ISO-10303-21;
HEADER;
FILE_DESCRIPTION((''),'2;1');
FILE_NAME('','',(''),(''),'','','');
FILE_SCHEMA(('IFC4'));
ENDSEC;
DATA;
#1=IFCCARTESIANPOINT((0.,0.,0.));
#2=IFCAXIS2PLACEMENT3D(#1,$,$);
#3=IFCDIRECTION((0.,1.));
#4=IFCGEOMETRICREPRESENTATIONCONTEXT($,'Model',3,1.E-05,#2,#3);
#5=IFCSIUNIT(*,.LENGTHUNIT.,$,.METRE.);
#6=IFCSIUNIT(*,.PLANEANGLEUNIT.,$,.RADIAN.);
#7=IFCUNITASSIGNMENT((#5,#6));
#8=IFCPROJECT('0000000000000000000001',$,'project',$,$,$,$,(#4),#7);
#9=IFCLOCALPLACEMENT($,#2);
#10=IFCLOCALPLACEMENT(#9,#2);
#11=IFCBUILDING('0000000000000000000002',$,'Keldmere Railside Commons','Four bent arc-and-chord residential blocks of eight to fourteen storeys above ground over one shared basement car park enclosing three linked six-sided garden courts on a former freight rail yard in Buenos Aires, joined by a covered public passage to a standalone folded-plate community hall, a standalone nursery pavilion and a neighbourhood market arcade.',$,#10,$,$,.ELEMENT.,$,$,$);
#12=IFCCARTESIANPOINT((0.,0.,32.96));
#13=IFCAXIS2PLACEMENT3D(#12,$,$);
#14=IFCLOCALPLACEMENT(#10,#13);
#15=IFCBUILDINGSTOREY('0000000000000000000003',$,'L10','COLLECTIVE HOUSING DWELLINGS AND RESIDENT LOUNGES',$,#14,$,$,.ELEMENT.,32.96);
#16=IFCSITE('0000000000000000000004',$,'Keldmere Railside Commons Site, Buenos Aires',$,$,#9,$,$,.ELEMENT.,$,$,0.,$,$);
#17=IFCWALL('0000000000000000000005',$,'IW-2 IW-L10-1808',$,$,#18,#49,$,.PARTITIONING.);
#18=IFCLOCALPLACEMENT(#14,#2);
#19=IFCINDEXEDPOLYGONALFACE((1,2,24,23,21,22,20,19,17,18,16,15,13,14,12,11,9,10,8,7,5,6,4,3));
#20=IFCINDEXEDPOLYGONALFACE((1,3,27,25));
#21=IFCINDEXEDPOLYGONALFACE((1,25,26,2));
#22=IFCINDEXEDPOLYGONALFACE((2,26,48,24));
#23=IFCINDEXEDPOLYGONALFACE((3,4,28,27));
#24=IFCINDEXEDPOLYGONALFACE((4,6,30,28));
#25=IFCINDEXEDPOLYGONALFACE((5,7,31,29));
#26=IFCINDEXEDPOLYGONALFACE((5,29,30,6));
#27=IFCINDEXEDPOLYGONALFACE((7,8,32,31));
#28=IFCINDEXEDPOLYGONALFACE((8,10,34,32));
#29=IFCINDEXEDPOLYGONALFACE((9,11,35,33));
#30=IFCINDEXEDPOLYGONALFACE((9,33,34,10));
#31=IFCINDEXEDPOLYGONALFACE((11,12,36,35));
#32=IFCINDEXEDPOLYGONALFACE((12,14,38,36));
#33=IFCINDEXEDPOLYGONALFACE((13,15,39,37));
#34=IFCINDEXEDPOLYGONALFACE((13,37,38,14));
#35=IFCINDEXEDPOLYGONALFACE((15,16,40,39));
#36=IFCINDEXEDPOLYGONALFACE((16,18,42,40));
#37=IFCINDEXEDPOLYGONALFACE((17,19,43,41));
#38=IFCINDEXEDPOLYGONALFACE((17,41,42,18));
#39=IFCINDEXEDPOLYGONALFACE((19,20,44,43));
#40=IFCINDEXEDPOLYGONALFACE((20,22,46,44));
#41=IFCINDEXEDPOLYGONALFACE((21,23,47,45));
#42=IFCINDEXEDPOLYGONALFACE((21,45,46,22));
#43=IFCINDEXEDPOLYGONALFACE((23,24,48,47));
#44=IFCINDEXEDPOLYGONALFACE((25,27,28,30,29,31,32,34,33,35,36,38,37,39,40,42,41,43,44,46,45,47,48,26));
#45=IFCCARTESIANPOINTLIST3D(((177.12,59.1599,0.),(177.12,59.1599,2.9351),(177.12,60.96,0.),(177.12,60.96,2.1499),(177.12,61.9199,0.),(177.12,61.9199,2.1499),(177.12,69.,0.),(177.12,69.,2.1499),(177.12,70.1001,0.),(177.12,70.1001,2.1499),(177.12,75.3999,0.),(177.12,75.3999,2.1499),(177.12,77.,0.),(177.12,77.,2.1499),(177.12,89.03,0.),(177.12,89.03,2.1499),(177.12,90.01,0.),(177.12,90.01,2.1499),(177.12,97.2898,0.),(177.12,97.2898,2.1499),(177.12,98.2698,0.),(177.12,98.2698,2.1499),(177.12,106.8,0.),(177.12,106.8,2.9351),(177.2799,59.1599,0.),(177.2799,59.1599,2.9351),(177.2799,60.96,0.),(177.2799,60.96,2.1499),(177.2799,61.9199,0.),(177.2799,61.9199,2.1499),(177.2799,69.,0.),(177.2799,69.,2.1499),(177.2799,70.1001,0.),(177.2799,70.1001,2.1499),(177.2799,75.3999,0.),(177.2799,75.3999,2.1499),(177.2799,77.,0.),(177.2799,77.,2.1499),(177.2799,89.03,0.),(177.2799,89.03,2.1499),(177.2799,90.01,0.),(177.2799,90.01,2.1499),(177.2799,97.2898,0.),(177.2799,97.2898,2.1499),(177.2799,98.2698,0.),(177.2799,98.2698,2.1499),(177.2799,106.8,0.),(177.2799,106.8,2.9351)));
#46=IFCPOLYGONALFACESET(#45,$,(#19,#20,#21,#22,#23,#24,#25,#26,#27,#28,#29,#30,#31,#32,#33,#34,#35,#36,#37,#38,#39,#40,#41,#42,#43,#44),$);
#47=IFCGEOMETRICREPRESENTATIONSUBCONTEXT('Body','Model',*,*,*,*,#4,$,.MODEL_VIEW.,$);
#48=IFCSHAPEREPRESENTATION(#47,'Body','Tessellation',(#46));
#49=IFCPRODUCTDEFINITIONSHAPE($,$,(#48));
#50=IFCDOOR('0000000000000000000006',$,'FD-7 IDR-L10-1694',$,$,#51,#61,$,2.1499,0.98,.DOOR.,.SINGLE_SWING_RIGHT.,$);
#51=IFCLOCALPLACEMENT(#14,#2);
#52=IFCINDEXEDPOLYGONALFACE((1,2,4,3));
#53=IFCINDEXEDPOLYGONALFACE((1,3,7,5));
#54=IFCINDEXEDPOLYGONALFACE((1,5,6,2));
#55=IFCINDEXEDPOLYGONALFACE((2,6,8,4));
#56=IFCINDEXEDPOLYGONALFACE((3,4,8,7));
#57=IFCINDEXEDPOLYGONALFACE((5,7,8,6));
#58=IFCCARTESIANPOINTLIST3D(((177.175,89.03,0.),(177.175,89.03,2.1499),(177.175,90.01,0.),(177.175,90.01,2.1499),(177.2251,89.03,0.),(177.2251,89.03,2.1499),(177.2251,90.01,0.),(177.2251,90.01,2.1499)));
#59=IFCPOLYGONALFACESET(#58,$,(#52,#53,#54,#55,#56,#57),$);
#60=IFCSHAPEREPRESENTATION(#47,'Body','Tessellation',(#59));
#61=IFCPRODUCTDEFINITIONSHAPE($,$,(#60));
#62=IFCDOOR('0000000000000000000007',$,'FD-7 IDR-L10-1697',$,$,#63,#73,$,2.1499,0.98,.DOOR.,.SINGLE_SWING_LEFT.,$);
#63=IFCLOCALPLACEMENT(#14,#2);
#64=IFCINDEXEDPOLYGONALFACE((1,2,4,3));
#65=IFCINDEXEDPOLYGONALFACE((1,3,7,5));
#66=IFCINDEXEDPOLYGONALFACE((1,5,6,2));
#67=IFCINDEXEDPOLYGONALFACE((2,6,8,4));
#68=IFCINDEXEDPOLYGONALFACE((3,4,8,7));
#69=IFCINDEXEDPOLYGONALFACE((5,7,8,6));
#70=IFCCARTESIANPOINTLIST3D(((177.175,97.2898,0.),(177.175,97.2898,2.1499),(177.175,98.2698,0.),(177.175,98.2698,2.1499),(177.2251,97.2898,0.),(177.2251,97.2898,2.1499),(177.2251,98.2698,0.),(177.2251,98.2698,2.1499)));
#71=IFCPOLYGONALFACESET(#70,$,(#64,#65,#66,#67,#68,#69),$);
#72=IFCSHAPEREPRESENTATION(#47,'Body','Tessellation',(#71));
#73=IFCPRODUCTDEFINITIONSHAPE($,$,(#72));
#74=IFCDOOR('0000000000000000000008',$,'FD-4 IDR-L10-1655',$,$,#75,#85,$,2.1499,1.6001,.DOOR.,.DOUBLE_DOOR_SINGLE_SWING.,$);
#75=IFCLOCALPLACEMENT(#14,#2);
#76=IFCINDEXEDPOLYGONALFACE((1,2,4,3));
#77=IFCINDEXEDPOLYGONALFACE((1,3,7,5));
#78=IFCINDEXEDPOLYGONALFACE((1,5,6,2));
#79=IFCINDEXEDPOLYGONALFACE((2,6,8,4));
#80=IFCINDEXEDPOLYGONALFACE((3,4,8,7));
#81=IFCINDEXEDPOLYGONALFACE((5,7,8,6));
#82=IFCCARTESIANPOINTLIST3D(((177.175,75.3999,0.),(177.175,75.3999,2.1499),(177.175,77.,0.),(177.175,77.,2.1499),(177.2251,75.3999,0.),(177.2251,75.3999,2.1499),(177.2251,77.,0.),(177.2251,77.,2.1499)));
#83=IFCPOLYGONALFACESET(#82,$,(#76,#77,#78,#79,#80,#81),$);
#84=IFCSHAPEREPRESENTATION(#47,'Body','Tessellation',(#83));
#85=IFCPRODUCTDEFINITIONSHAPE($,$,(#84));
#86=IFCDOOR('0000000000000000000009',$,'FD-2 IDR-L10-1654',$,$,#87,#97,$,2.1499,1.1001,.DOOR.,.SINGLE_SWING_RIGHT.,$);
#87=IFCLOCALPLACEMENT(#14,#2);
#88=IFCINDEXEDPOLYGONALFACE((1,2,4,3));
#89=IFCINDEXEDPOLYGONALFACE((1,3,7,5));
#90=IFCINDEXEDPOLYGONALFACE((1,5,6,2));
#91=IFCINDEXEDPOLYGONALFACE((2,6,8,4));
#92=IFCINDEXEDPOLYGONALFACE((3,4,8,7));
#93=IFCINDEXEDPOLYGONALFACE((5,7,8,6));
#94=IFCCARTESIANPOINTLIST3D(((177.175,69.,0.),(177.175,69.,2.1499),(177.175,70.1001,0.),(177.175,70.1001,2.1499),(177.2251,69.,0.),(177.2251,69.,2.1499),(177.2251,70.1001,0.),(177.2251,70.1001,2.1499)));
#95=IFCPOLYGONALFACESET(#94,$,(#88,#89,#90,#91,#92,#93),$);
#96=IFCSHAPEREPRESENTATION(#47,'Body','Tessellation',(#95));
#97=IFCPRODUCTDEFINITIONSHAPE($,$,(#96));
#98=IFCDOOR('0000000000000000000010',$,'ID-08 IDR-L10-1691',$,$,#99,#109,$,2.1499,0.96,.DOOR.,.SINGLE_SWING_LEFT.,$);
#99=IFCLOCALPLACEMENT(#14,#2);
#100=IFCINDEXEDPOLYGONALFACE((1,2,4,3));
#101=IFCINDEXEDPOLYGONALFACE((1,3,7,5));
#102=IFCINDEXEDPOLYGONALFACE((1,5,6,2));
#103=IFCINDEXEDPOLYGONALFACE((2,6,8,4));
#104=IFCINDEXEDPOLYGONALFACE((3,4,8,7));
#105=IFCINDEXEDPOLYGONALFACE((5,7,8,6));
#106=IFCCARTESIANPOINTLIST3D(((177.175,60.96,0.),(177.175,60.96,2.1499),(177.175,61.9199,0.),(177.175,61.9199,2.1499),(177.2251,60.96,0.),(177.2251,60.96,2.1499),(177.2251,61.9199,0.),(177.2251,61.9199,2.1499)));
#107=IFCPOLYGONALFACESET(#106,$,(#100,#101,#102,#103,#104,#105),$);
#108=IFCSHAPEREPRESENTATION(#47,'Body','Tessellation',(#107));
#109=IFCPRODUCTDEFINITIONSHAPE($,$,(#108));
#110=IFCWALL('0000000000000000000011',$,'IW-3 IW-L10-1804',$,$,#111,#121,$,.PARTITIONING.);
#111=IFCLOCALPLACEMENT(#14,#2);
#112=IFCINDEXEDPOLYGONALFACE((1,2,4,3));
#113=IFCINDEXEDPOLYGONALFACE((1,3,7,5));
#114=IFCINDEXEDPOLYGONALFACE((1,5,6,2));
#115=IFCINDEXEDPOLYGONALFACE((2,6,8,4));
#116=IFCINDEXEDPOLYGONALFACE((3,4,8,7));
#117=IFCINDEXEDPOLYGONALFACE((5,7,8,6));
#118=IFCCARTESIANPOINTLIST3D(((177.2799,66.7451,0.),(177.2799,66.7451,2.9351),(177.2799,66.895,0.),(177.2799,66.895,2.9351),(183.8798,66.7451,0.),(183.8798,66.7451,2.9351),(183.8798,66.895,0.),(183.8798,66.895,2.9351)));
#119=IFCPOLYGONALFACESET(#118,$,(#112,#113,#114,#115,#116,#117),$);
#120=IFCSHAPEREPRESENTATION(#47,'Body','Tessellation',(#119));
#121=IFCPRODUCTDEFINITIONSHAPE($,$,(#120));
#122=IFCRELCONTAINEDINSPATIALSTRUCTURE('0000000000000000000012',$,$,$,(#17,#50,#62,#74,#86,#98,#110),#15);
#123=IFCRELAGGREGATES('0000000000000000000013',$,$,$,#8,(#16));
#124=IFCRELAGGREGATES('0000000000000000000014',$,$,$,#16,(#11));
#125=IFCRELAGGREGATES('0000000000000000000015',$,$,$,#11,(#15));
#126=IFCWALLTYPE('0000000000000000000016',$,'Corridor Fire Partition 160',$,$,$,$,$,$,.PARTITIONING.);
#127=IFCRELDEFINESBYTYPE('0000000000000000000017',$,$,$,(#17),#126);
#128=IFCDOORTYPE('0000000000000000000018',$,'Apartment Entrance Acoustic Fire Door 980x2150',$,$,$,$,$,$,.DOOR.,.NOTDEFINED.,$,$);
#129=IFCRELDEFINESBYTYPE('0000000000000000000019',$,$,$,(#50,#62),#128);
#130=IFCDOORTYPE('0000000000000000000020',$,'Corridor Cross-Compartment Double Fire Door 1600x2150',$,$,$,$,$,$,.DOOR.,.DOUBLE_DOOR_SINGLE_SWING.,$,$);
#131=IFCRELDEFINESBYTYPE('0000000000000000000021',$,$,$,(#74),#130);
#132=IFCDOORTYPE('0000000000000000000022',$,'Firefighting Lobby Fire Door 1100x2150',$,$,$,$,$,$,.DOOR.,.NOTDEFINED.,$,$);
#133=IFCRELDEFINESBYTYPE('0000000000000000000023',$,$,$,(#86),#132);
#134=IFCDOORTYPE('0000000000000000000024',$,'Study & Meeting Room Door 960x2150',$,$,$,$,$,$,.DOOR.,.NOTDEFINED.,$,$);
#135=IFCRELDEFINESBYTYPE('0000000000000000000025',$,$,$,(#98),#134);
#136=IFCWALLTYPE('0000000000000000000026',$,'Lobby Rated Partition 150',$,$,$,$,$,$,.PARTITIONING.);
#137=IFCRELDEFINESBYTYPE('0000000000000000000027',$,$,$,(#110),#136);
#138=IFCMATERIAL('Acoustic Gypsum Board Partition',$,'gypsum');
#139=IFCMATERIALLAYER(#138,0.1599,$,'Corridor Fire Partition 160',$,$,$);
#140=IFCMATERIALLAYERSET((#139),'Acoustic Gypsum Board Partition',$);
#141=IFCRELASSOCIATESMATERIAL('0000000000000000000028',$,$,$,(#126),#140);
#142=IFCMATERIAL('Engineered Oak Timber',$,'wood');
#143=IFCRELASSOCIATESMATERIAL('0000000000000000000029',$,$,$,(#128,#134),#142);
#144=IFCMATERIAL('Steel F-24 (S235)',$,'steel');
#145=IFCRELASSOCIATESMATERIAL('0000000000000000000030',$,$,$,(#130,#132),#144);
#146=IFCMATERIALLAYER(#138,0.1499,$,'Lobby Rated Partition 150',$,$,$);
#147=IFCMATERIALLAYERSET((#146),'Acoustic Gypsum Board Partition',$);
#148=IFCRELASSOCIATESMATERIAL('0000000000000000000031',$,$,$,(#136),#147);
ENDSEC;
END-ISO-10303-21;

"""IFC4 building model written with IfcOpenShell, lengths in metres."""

from ifc_helpers import new_model, si_unit, direction, frame, frame_2d, origin, place, context, subcontext, project, spatial, rectangle, extrude, material, layer, layer_set, type_object, element, fill, save


model = new_model("IFC4")

# Units and contexts
model_context = context("Model", 3, precision=1e-05, world=origin(), true_north=direction((0.0, 1.0)))
body_context = subcontext(model_context, "Body", "Model", "MODEL_VIEW")
ifc_project = project(units=[si_unit("LENGTHUNIT", "METRE"), si_unit("PLANEANGLEUNIT", "RADIAN")], contexts=[model_context])

# Site, building, storey
site_placement = place(None, origin())
site = spatial("IfcSite", under=ifc_project, at=site_placement, Name="Keldmere Railside Commons Site, Buenos Aires", CompositionType="ELEMENT", RefElevation=0.0)
building_placement = place(site_placement, origin())
building = spatial("IfcBuilding", under=site, at=building_placement, Name="Keldmere Railside Commons", Description="Four bent arc-and-chord residential blocks of eight to fourteen storeys above ground over one shared basement car park enclosing three linked six-sided garden courts on a former freight rail yard in Buenos Aires, joined by a covered public passage to a standalone folded-plate community hall, a standalone nursery pavilion and a neighbourhood market arcade.", CompositionType="ELEMENT")
storey_placement = place(building_placement, frame((0.0, 0.0, 32.96)))
storey = spatial("IfcBuildingStorey", under=building, at=storey_placement, Name="L10", Description="COLLECTIVE HOUSING DWELLINGS AND RESIDENT LOUNGES", CompositionType="ELEMENT", Elevation=32.96)

# Shared definitions
ifc_material_1 = material(Name="Steel F-24 (S235)", Category="steel")

# Wall, openings, doors
ifc_material_2 = material(Name="Acoustic Gypsum Board Partition", Category="gypsum")
ifc_layer_1 = layer(ifc_material_2, 0.1599, Name="Corridor Fire Partition 160")
ifc_layer_set_1 = layer_set([ifc_layer_1], Name="Acoustic Gypsum Board Partition")
wall_type_1 = type_object("IfcWallType", Name="Corridor Fire Partition 160", PredefinedType="PARTITIONING", material=ifc_layer_set_1)
ifc_material_3 = material(Name="Engineered Oak Timber", Category="wood")
door_type_1 = type_object("IfcDoorType", Name="Apartment Entrance Acoustic Fire Door 980x2150", OperationType="NOTDEFINED", PredefinedType="DOOR", material=ifc_material_3)
wall_1_placement = place(storey_placement, frame((177.2, 59.1599, 0.0), z_axis=(0.0, 0.0, 1.0), x_axis=(0.0, 1.0, 0.0)))
wall_1 = element("IfcWall", 1, at=wall_1_placement, inside=storey, type_object=wall_type_1, Name="IW-2 IW-L10-1808", PredefinedType="PARTITIONING", context=body_context, shape_type="SweptSolid", body=[
    extrude(rectangle(XDim=47.6401, YDim=0.1599, at=frame_2d((23.8201, 0.0))), origin(), (0.0, 0.0, 1.0), 2.9351),
])
opening_1_placement = place(wall_1_placement, frame((9.8401, 0.0, 0.0)))
opening_1 = element("IfcOpeningElement", 2, at=opening_1_placement, cuts=wall_1, PredefinedType="OPENING", context=body_context, shape_type="SweptSolid", body=[
    extrude(rectangle(XDim=1.1001, YDim=2.1499, at=frame_2d((0.55, 1.075))), frame((0.0, 0.0898, 0.0), z_axis=(0.0, -1.0, 0.0), x_axis=(1.0, 0.0, 0.0)), (0.0, 0.0, 1.0), 0.1799),
])
opening_2_placement = place(wall_1_placement, frame((16.24, 0.0, 0.0)))
opening_2 = element("IfcOpeningElement", 3, at=opening_2_placement, cuts=wall_1, PredefinedType="OPENING", context=body_context, shape_type="SweptSolid", body=[
    extrude(rectangle(XDim=1.6001, YDim=2.1499, at=frame_2d((0.8, 1.075))), frame((0.0, 0.0898, 0.0), z_axis=(0.0, -1.0, 0.0), x_axis=(1.0, 0.0, 0.0)), (0.0, 0.0, 1.0), 0.1799),
])
opening_3_placement = place(wall_1_placement, frame((1.8, 0.0, 0.0)))
opening_3 = element("IfcOpeningElement", 4, at=opening_3_placement, cuts=wall_1, PredefinedType="OPENING", context=body_context, shape_type="SweptSolid", body=[
    extrude(rectangle(XDim=0.96, YDim=2.1499, at=frame_2d((0.48, 1.075))), frame((0.0, 0.0898, 0.0), z_axis=(0.0, -1.0, 0.0), x_axis=(1.0, 0.0, 0.0)), (0.0, 0.0, 1.0), 0.1799),
])
opening_4_placement = place(wall_1_placement, frame((29.8701, 0.0, 0.0)))
opening_4 = element("IfcOpeningElement", 5, at=opening_4_placement, cuts=wall_1, PredefinedType="OPENING", context=body_context, shape_type="SweptSolid", body=[
    extrude(rectangle(XDim=0.98, YDim=2.1499, at=frame_2d((0.49, 1.075))), frame((0.0, 0.0898, 0.0), z_axis=(0.0, -1.0, 0.0), x_axis=(1.0, 0.0, 0.0)), (0.0, 0.0, 1.0), 0.1799),
])
opening_5_placement = place(wall_1_placement, frame((38.1299, 0.0, 0.0)))
opening_5 = element("IfcOpeningElement", 6, at=opening_5_placement, cuts=wall_1, PredefinedType="OPENING", context=body_context, shape_type="SweptSolid", body=[
    extrude(rectangle(XDim=0.98, YDim=2.1499, at=frame_2d((0.49, 1.075))), frame((0.0, 0.0898, 0.0), z_axis=(0.0, -1.0, 0.0), x_axis=(1.0, 0.0, 0.0)), (0.0, 0.0, 1.0), 0.1799),
])
door_1_placement = place(opening_4_placement, origin())
door_1 = element("IfcDoor", 7, at=door_1_placement, inside=storey, type_object=door_type_1, Name="FD-7 IDR-L10-1694", OperationType="SINGLE_SWING_RIGHT", OverallHeight=2.1499, OverallWidth=0.98, PredefinedType="DOOR", context=body_context, shape_type="SweptSolid", body=[
    extrude(rectangle(XDim=0.98, YDim=2.1499, at=frame_2d((0.49, 1.075))), frame((0.0, 0.0249, 0.0), z_axis=(0.0, -1.0, 0.0), x_axis=(1.0, 0.0, 0.0)), (0.0, 0.0, 1.0), 0.05),
])
fill(opening_4, door_1)
door_2_placement = place(opening_5_placement, origin())
door_2 = element("IfcDoor", 8, at=door_2_placement, inside=storey, type_object=door_type_1, Name="FD-7 IDR-L10-1697", OperationType="SINGLE_SWING_LEFT", OverallHeight=2.1499, OverallWidth=0.98, PredefinedType="DOOR", context=body_context, shape_type="SweptSolid", body=[
    extrude(rectangle(XDim=0.98, YDim=2.1499, at=frame_2d((0.49, 1.075))), frame((0.0, 0.0249, 0.0), z_axis=(0.0, -1.0, 0.0), x_axis=(1.0, 0.0, 0.0)), (0.0, 0.0, 1.0), 0.05),
])
fill(opening_5, door_2)
door_type_2 = type_object("IfcDoorType", Name="Corridor Cross-Compartment Double Fire Door 1600x2150", OperationType="DOUBLE_DOOR_SINGLE_SWING", PredefinedType="DOOR", material=ifc_material_1)
door_3_placement = place(opening_2_placement, origin())
door_3 = element("IfcDoor", 9, at=door_3_placement, inside=storey, type_object=door_type_2, Name="FD-4 IDR-L10-1655", OperationType="DOUBLE_DOOR_SINGLE_SWING", OverallHeight=2.1499, OverallWidth=1.6001, PredefinedType="DOOR", context=body_context, shape_type="SweptSolid", body=[
    extrude(rectangle(XDim=1.6001, YDim=2.1499, at=frame_2d((0.8, 1.075))), frame((0.0, 0.0249, 0.0), z_axis=(0.0, -1.0, 0.0), x_axis=(1.0, 0.0, 0.0)), (0.0, 0.0, 1.0), 0.05),
])
fill(opening_2, door_3)
door_type_3 = type_object("IfcDoorType", Name="Firefighting Lobby Fire Door 1100x2150", OperationType="NOTDEFINED", PredefinedType="DOOR", material=ifc_material_1)
door_4_placement = place(opening_1_placement, origin())
door_4 = element("IfcDoor", 10, at=door_4_placement, inside=storey, type_object=door_type_3, Name="FD-2 IDR-L10-1654", OperationType="SINGLE_SWING_RIGHT", OverallHeight=2.1499, OverallWidth=1.1001, PredefinedType="DOOR", context=body_context, shape_type="SweptSolid", body=[
    extrude(rectangle(XDim=1.1001, YDim=2.1499, at=frame_2d((0.55, 1.075))), frame((0.0, 0.0249, 0.0), z_axis=(0.0, -1.0, 0.0), x_axis=(1.0, 0.0, 0.0)), (0.0, 0.0, 1.0), 0.05),
])
fill(opening_1, door_4)
door_type_4 = type_object("IfcDoorType", Name="Study & Meeting Room Door 960x2150", OperationType="NOTDEFINED", PredefinedType="DOOR", material=ifc_material_3)
door_5_placement = place(opening_3_placement, origin())
door_5 = element("IfcDoor", 11, at=door_5_placement, inside=storey, type_object=door_type_4, Name="ID-08 IDR-L10-1691", OperationType="SINGLE_SWING_LEFT", OverallHeight=2.1499, OverallWidth=0.96, PredefinedType="DOOR", context=body_context, shape_type="SweptSolid", body=[
    extrude(rectangle(XDim=0.96, YDim=2.1499, at=frame_2d((0.48, 1.075))), frame((0.0, 0.0249, 0.0), z_axis=(0.0, -1.0, 0.0), x_axis=(1.0, 0.0, 0.0)), (0.0, 0.0, 1.0), 0.05),
])
fill(opening_3, door_5)

# Wall
ifc_layer_2 = layer(ifc_material_2, 0.1499, Name="Lobby Rated Partition 150")
ifc_layer_set_2 = layer_set([ifc_layer_2], Name="Acoustic Gypsum Board Partition")
wall_type_2 = type_object("IfcWallType", Name="Lobby Rated Partition 150", PredefinedType="PARTITIONING", material=ifc_layer_set_2)
wall_2_placement = place(storey_placement, frame((177.28, 66.8201, 0.0), z_axis=(0.0, 0.0, 1.0), x_axis=(1.0, 0.0, 0.0)))
element("IfcWall", 12, at=wall_2_placement, inside=storey, type_object=wall_type_2, Name="IW-3 IW-L10-1804", PredefinedType="PARTITIONING", context=body_context, shape_type="SweptSolid", body=[
    extrude(rectangle(XDim=6.5999, YDim=0.1499, at=frame_2d((3.2998, 0.0))), origin(), (0.0, 0.0, 1.0), 2.9351),
])

save(model, "model.ifc")
